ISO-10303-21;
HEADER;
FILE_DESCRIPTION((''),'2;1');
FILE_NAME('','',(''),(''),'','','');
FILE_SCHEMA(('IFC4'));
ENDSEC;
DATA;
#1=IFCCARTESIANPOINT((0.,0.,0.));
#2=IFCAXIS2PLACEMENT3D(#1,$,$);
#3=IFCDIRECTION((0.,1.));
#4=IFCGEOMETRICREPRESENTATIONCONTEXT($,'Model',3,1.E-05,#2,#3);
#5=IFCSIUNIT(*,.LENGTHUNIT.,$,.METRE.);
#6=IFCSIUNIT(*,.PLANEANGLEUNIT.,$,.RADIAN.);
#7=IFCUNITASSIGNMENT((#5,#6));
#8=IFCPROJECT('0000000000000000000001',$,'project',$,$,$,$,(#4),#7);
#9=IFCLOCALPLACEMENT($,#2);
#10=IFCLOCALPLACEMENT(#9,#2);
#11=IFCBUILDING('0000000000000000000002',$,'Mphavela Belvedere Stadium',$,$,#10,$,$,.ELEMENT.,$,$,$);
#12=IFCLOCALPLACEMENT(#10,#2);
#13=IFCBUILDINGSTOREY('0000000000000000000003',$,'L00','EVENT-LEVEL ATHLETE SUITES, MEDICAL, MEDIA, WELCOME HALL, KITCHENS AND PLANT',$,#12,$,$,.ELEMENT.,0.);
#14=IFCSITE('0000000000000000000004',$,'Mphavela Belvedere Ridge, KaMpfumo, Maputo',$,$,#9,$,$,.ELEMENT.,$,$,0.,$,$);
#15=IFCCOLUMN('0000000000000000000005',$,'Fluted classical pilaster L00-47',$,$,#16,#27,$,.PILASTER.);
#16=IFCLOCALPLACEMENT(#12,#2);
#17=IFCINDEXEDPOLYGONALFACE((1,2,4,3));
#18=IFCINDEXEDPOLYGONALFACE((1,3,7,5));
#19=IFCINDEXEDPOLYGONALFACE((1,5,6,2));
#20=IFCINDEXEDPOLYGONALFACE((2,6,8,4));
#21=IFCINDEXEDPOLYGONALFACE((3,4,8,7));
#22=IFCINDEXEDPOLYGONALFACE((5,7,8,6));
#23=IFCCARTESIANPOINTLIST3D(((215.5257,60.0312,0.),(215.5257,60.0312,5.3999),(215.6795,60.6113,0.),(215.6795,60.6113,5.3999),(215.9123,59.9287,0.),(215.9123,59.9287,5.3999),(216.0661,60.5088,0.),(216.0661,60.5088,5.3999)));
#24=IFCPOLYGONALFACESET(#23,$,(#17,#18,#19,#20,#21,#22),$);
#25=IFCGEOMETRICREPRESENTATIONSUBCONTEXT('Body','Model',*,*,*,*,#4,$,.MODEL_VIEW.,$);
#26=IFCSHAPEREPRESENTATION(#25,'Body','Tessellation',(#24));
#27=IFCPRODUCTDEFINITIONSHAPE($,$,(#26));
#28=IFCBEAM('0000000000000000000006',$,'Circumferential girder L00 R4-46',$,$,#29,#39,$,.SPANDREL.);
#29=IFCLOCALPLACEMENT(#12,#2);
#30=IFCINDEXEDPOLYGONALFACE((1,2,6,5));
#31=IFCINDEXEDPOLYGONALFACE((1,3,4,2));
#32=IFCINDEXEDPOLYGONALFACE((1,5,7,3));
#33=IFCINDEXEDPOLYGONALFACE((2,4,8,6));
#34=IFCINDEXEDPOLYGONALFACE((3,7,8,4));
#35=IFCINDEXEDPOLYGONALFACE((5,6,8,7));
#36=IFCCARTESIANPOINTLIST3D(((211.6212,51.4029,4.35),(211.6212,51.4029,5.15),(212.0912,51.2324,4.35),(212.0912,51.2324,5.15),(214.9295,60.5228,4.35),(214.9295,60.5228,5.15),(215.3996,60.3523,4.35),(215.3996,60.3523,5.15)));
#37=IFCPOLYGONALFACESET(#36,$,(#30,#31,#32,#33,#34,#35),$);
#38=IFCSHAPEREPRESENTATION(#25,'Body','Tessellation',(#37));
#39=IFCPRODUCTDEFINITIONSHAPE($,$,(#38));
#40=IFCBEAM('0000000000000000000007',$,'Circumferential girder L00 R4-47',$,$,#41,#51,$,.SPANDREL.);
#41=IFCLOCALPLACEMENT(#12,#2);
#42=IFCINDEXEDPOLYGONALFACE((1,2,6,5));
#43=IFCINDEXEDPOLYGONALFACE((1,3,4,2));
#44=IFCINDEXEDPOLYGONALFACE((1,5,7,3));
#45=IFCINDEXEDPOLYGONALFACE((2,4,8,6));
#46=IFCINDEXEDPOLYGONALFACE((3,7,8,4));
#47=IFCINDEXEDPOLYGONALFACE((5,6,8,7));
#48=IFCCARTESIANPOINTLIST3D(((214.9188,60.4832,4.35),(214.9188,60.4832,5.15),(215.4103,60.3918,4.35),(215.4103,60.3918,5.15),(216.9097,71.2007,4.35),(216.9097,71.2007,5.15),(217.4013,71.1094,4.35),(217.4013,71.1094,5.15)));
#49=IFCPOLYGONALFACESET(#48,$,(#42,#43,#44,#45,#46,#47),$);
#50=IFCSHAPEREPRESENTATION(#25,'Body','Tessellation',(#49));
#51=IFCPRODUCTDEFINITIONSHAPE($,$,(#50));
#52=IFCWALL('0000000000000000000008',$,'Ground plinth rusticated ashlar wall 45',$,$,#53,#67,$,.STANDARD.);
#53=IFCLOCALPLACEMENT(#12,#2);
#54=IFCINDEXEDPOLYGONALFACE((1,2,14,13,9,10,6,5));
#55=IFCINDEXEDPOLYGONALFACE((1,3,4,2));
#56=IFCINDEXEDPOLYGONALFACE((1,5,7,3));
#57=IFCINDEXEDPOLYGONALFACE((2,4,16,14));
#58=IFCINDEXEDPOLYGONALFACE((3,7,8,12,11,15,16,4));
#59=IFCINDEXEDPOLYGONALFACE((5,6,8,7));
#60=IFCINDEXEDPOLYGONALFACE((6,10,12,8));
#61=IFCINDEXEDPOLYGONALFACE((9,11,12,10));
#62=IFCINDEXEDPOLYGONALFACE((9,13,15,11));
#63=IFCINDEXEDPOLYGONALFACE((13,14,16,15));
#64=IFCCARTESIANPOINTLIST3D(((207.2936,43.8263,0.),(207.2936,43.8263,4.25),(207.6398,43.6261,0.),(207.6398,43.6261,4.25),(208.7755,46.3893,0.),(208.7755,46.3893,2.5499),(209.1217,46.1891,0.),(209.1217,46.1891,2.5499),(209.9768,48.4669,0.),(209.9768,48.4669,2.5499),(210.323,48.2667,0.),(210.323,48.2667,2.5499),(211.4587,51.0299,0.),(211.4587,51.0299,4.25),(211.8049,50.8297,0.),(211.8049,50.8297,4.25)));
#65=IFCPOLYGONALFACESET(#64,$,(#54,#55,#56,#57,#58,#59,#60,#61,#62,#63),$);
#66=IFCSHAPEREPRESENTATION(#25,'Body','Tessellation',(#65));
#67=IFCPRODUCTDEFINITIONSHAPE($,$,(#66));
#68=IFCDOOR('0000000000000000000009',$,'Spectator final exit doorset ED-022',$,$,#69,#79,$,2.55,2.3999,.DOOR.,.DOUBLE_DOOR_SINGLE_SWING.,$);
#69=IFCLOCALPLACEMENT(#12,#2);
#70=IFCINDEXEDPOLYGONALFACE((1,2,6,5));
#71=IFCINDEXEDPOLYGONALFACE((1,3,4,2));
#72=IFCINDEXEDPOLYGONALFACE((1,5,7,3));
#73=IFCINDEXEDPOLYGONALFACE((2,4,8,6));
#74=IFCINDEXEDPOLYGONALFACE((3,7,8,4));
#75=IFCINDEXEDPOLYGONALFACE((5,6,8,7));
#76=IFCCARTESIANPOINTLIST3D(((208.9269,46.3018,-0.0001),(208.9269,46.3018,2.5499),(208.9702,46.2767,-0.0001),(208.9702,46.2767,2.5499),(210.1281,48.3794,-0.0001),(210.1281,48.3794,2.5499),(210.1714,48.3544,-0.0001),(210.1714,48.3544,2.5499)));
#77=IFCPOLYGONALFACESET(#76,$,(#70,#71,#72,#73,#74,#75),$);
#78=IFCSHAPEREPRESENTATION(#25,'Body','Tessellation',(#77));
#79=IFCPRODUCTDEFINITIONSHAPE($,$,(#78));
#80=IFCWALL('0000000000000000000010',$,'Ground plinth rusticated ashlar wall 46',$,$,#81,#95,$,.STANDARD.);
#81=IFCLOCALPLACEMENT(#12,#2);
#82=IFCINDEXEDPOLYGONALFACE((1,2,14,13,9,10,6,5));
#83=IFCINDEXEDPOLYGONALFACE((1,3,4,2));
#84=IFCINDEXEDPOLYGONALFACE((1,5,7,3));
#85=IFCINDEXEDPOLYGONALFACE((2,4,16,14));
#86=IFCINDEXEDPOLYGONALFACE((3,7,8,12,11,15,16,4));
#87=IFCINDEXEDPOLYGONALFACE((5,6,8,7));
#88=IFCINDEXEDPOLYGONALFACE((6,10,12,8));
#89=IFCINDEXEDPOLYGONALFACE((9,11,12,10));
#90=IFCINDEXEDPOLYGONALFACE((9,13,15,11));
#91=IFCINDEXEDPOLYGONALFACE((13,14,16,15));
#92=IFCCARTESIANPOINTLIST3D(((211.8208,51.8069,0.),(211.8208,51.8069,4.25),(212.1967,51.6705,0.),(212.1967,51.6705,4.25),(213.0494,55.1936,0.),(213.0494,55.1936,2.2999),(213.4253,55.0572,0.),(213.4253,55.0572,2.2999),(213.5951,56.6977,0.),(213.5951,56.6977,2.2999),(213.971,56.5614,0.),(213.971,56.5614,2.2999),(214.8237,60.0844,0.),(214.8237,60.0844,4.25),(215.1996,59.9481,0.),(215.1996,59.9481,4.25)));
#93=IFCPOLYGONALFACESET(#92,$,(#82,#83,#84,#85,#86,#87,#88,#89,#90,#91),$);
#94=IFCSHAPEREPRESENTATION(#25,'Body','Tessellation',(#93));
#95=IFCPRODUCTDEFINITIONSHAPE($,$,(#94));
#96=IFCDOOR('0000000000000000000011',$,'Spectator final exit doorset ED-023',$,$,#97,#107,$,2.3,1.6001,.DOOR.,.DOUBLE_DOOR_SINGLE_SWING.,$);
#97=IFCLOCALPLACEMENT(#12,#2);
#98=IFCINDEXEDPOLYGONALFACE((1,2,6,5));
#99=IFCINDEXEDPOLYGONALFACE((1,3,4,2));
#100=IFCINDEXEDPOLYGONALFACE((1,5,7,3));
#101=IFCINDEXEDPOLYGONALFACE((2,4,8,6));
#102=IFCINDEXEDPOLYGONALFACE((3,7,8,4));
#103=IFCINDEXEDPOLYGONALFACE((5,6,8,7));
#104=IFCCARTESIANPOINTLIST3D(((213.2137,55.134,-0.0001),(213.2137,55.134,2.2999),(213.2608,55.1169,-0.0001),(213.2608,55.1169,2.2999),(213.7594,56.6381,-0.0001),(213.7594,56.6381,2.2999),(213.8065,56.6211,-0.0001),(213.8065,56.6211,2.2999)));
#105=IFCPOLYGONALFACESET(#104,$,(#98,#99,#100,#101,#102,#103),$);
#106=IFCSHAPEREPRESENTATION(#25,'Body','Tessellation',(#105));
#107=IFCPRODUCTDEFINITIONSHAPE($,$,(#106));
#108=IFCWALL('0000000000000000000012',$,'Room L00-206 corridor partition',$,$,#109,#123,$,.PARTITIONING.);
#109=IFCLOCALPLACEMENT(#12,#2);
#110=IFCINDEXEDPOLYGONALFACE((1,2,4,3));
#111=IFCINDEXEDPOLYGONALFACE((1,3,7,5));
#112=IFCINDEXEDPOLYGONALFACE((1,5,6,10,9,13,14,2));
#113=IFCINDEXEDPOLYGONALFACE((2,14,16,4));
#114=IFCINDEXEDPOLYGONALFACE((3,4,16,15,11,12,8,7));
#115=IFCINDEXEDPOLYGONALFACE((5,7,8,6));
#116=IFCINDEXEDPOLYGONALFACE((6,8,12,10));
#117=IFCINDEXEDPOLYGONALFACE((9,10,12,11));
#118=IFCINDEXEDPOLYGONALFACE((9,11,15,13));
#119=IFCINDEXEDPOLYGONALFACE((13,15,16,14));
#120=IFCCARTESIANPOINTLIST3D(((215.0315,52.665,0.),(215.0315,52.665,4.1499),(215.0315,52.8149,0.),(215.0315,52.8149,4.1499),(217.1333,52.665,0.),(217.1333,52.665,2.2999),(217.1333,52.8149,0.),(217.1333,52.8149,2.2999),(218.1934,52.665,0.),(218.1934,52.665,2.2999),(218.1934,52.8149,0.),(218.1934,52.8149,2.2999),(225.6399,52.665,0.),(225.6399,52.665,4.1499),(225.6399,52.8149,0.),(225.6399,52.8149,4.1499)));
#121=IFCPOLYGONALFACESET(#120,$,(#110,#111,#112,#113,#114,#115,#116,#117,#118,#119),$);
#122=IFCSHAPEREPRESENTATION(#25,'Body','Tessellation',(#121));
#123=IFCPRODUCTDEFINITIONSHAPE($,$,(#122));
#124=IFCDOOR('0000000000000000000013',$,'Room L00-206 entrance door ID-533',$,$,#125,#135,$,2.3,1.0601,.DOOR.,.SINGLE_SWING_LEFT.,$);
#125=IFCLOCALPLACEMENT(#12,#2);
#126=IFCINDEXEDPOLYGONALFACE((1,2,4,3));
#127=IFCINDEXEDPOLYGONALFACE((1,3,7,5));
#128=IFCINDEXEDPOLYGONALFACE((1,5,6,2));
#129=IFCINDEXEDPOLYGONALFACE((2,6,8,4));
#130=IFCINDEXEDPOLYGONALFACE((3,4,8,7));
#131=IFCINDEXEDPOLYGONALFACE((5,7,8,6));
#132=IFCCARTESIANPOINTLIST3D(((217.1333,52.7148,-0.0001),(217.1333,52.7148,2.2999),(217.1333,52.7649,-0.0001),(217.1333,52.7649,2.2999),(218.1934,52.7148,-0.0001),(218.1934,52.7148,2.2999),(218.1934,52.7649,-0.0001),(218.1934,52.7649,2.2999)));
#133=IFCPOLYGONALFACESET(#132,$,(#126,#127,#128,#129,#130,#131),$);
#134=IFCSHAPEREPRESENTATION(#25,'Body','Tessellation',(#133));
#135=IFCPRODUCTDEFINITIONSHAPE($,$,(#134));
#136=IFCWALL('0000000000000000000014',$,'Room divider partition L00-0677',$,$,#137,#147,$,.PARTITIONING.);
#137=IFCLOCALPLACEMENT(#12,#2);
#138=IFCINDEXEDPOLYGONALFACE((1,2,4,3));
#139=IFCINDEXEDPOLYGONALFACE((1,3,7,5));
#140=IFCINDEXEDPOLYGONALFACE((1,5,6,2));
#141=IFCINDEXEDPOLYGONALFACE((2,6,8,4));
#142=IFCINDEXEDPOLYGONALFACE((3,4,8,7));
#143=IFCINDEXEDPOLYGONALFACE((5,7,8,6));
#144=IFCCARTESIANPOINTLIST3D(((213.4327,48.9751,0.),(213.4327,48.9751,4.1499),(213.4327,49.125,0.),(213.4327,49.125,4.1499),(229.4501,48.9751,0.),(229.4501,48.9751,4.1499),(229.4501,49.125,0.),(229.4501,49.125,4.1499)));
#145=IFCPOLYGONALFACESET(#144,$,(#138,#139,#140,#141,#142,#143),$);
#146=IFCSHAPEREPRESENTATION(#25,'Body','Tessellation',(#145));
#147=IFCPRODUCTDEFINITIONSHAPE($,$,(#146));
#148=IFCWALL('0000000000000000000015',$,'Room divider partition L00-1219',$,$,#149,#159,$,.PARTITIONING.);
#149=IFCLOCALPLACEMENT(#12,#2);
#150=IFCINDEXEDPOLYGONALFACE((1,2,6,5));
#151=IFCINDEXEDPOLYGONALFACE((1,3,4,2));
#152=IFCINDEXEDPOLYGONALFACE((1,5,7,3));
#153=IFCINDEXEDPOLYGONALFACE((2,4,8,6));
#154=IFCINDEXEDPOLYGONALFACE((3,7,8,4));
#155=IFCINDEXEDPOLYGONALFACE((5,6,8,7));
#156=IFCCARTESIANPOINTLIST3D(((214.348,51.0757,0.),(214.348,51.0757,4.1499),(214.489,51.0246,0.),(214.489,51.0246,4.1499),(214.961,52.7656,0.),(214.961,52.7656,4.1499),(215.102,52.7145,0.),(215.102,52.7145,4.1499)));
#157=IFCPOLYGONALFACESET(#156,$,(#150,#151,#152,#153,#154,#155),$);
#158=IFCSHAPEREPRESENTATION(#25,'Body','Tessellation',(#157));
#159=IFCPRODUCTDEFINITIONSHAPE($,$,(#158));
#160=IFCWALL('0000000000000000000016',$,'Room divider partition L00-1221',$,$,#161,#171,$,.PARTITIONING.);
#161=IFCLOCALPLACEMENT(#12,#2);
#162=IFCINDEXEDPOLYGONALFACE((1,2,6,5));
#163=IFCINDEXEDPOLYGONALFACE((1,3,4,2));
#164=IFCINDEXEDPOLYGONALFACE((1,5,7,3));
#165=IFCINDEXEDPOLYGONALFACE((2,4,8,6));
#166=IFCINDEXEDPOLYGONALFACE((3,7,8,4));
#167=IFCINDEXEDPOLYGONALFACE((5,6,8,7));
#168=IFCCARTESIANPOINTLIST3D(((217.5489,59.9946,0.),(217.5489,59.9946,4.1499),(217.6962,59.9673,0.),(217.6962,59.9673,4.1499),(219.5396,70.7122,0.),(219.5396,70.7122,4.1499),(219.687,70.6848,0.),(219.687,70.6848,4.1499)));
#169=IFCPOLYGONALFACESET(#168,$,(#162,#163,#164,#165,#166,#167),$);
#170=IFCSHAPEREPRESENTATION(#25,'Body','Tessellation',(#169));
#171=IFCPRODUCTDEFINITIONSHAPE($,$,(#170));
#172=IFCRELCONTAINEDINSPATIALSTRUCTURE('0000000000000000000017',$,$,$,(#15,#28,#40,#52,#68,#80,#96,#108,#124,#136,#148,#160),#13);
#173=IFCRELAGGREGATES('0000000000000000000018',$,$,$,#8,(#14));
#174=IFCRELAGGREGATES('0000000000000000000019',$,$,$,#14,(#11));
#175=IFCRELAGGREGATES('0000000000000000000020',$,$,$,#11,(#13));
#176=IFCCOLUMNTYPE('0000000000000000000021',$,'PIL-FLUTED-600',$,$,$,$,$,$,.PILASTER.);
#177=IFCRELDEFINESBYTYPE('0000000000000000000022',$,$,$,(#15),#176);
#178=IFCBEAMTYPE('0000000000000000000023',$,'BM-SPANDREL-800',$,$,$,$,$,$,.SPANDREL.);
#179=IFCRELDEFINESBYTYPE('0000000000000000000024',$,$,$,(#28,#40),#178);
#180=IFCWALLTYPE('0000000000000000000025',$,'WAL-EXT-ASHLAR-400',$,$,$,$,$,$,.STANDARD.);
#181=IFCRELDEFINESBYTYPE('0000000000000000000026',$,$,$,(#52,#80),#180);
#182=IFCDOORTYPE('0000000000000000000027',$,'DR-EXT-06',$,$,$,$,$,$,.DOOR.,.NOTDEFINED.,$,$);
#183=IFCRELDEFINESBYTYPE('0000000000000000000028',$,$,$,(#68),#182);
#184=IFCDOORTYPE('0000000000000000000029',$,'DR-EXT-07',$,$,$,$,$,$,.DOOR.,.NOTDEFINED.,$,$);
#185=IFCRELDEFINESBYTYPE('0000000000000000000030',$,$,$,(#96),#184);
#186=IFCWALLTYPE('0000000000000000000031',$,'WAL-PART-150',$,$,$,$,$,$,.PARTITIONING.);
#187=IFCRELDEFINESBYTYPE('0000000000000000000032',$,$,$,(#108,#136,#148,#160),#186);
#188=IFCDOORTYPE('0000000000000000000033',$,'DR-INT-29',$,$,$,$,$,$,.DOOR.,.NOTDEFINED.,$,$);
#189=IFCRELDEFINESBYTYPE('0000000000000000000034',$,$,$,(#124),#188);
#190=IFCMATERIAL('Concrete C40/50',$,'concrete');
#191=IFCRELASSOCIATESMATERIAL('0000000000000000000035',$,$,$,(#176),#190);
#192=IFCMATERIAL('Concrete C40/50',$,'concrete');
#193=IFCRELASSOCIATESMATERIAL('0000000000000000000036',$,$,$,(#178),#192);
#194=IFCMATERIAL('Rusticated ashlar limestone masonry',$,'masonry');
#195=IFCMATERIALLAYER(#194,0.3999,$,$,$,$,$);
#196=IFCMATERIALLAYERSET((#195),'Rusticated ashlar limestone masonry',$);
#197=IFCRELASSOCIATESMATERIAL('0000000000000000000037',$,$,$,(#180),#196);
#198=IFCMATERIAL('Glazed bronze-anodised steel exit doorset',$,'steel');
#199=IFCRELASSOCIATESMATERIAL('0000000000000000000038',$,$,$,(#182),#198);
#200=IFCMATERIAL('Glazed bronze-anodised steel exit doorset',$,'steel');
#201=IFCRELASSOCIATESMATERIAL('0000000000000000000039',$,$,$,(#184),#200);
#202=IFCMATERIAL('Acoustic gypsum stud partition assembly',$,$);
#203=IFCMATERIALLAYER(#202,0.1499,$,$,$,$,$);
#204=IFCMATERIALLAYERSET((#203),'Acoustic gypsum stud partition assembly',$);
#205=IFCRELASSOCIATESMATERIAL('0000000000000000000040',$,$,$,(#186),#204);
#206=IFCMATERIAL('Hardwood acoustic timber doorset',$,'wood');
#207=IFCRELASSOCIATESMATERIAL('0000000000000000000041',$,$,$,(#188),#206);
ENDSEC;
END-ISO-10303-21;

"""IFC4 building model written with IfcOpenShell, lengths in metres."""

from ifc_helpers import new_model, si_unit, direction, frame, frame_2d, origin, origin_2d, place, context, subcontext, project, spatial, rectangle, extrude, material, layer, layer_set, material_profile, profile_set, type_object, element, fill, save


model = new_model("IFC4")

# Units and contexts
model_context = context("Model", 3, precision=1e-05, world=origin(), true_north=direction((0.0, 1.0)))
body_context = subcontext(model_context, "Body", "Model", "MODEL_VIEW")
ifc_project = project(units=[si_unit("LENGTHUNIT", "METRE"), si_unit("PLANEANGLEUNIT", "RADIAN")], contexts=[model_context])

# Site, building, storey
site_placement = place(None, origin())
site = spatial("IfcSite", under=ifc_project, at=site_placement, Name="Mphavela Belvedere Ridge, KaMpfumo, Maputo", CompositionType="ELEMENT", RefElevation=0.0)
building_placement = place(site_placement, origin())
building = spatial("IfcBuilding", under=site, at=building_placement, Name="Mphavela Belvedere Stadium", CompositionType="ELEMENT")
storey_placement = place(building_placement, origin())
storey = spatial("IfcBuildingStorey", under=building, at=storey_placement, Name="L00", Description="EVENT-LEVEL ATHLETE SUITES, MEDICAL, MEDIA, WELCOME HALL, KITCHENS AND PLANT", CompositionType="ELEMENT", Elevation=0.0)

# Column
ifc_material_1 = material(Name="Concrete C40/50", Category="concrete")
ifc_material_profile_1 = material_profile(ifc_material_1, rectangle(XDim=0.6001, YDim=0.3999, at=origin_2d()), Name="PIL 600x400")
ifc_profile_set_1 = profile_set([ifc_material_profile_1], Name="Concrete C40/50")
column_type_1 = type_object("IfcColumnType", Name="PIL-FLUTED-600", PredefinedType="PILASTER", material=ifc_profile_set_1)
column_1_placement = place(storey_placement, frame((215.7959, 60.27, 0.0), z_axis=(0.0, 0.0, 1.0), x_axis=(0.256289, 0.9666, 0.0)))
element("IfcColumn", 1, at=column_1_placement, inside=storey, type_object=column_type_1, Name="Fluted classical pilaster L00-47", PredefinedType="PILASTER", context=body_context, shape_type="SweptSolid", body=[
    extrude(rectangle(XDim=0.6001, YDim=0.3999, at=origin_2d()), origin(), (0.0, 0.0, 1.0), 5.3999),
])

# Beams
ifc_material_2 = material(Name="Concrete C40/50", Category="concrete")
ifc_material_profile_2 = material_profile(ifc_material_2, rectangle(XDim=0.5, YDim=0.8, at=origin_2d()), Name="RC 500x800")
ifc_profile_set_2 = profile_set([ifc_material_profile_2], Name="Concrete C40/50")
beam_type = type_object("IfcBeamType", Name="BM-SPANDREL-800", PredefinedType="SPANDREL", material=ifc_profile_set_2)
beam_1_placement = place(storey_placement, frame((211.8562, 51.3176, 4.75), z_axis=(0.341018, 0.940057, 0.0), x_axis=(-0.940057, 0.341018, 0.0)))
element("IfcBeam", 2, at=beam_1_placement, inside=storey, type_object=beam_type, Name="Circumferential girder L00 R4-46", PredefinedType="SPANDREL", context=body_context, shape_type="SweptSolid", body=[
    extrude(rectangle(XDim=0.5, YDim=0.8, at=origin_2d()), origin(), (0.0, 0.0, 1.0), 9.7014),
])
beam_2_placement = place(storey_placement, frame((215.1646, 60.4375, 4.75), z_axis=(0.182643, 0.983179, 0.0), x_axis=(-0.983179, 0.182643, 0.0)))
element("IfcBeam", 3, at=beam_2_placement, inside=storey, type_object=beam_type, Name="Circumferential girder L00 R4-47", PredefinedType="SPANDREL", context=body_context, shape_type="SweptSolid", body=[
    extrude(rectangle(XDim=0.5, YDim=0.8, at=origin_2d()), origin(), (0.0, 0.0, 1.0), 10.9009),
])

# Walls, openings, doors
ifc_material_3 = material(Name="Rusticated ashlar limestone masonry", Category="masonry")
ifc_layer_1 = layer(ifc_material_3, 0.3999)
ifc_layer_set_1 = layer_set([ifc_layer_1], Name="Rusticated ashlar limestone masonry")
wall_type_1 = type_object("IfcWallType", Name="WAL-EXT-ASHLAR-400", PredefinedType="STANDARD", material=ifc_layer_set_1)
wall_1_placement = place(storey_placement, frame((211.6318, 50.9299, 0.0), z_axis=(0.0, 0.0, 1.0), x_axis=(-0.500543, -0.865711, 0.0)))
wall_1 = element("IfcWall", 4, at=wall_1_placement, inside=storey, type_object=wall_type_1, Name="Ground plinth rusticated ashlar wall 45", PredefinedType="STANDARD", context=body_context, shape_type="SweptSolid", body=[
    extrude(rectangle(XDim=8.321, YDim=0.3999, at=frame_2d((4.1606, 0.0))), origin(), (0.0, 0.0, 1.0), 4.25),
])
opening_1_placement = place(wall_1_placement, frame((2.9607, 0.0, 0.0)))
opening_1 = element("IfcOpeningElement", 5, at=opening_1_placement, cuts=wall_1, PredefinedType="OPENING", context=body_context, shape_type="SweptSolid", body=[
    extrude(rectangle(XDim=2.3999, YDim=2.55, at=frame_2d((1.2, 1.2749))), frame((0.0, 0.21, 0.0), z_axis=(0.0, -1.0, 0.0), x_axis=(1.0, 0.0, 0.0)), (0.0, 0.0, 1.0), 0.4199),
])
ifc_material_4 = material(Name="Glazed bronze-anodised steel exit doorset", Category="steel")
door_type_1 = type_object("IfcDoorType", Name="DR-EXT-06", OperationType="NOTDEFINED", PredefinedType="DOOR", material=ifc_material_4)
door_1_placement = place(opening_1_placement, origin())
door_1 = element("IfcDoor", 6, at=door_1_placement, inside=storey, type_object=door_type_1, Name="Spectator final exit doorset ED-022", OperationType="DOUBLE_DOOR_SINGLE_SWING", OverallHeight=2.55, OverallWidth=2.3999, PredefinedType="DOOR", context=body_context, shape_type="SweptSolid", body=[
    extrude(rectangle(XDim=2.3999, YDim=2.55, at=frame_2d((1.2, 1.2749))), frame((0.0, 0.0249, 0.0), z_axis=(0.0, -1.0, 0.0), x_axis=(1.0, 0.0, 0.0)), (0.0, 0.0, 1.0), 0.05),
])
fill(opening_1, door_1)
wall_2_placement = place(storey_placement, frame((215.0117, 60.0164, 0.0), z_axis=(0.0, 0.0, 1.0), x_axis=(-0.341031, -0.940052, 0.0)))
wall_2 = element("IfcWall", 7, at=wall_2_placement, inside=storey, type_object=wall_type_1, Name="Ground plinth rusticated ashlar wall 46", PredefinedType="STANDARD", context=body_context, shape_type="SweptSolid", body=[
    extrude(rectangle(XDim=8.8054, YDim=0.3999, at=frame_2d((4.4028, 0.0))), origin(), (0.0, 0.0, 1.0), 4.25),
])
opening_2_placement = place(wall_2_placement, frame((3.6028, 0.0, 0.0)))
opening_2 = element("IfcOpeningElement", 8, at=opening_2_placement, cuts=wall_2, PredefinedType="OPENING", context=body_context, shape_type="SweptSolid", body=[
    extrude(rectangle(XDim=1.6001, YDim=2.3, at=frame_2d((0.8, 1.1499))), frame((0.0, 0.21, 0.0), z_axis=(0.0, -1.0, 0.0), x_axis=(1.0, 0.0, 0.0)), (0.0, 0.0, 1.0), 0.4199),
])
ifc_material_5 = material(Name="Glazed bronze-anodised steel exit doorset", Category="steel")
door_type_2 = type_object("IfcDoorType", Name="DR-EXT-07", OperationType="NOTDEFINED", PredefinedType="DOOR", material=ifc_material_5)
door_2_placement = place(opening_2_placement, origin())
door_2 = element("IfcDoor", 9, at=door_2_placement, inside=storey, type_object=door_type_2, Name="Spectator final exit doorset ED-023", OperationType="DOUBLE_DOOR_SINGLE_SWING", OverallHeight=2.3, OverallWidth=1.6001, PredefinedType="DOOR", context=body_context, shape_type="SweptSolid", body=[
    extrude(rectangle(XDim=1.6001, YDim=2.3, at=frame_2d((0.8, 1.1499))), frame((0.0, 0.0249, 0.0), z_axis=(0.0, -1.0, 0.0), x_axis=(1.0, 0.0, 0.0)), (0.0, 0.0, 1.0), 0.05),
])
fill(opening_2, door_2)
ifc_material_6 = material(Name="Acoustic gypsum stud partition assembly")
ifc_layer_2 = layer(ifc_material_6, 0.1499)
ifc_layer_set_2 = layer_set([ifc_layer_2], Name="Acoustic gypsum stud partition assembly")
wall_type_2 = type_object("IfcWallType", Name="WAL-PART-150", PredefinedType="PARTITIONING", material=ifc_layer_set_2)
wall_3_placement = place(storey_placement, frame((215.0315, 52.74, 0.0), z_axis=(0.0, 0.0, 1.0), x_axis=(1.0, 0.0, 0.0)))
wall_3 = element("IfcWall", 10, at=wall_3_placement, inside=storey, type_object=wall_type_2, Name="Room L00-206 corridor partition", PredefinedType="PARTITIONING", context=body_context, shape_type="SweptSolid", body=[
    extrude(rectangle(XDim=10.6084, YDim=0.1499, at=frame_2d((5.3042, 0.0))), origin(), (0.0, 0.0, 1.0), 4.1499),
])
opening_3_placement = place(wall_3_placement, frame((2.1018, 0.0, 0.0)))
opening_3 = element("IfcOpeningElement", 11, at=opening_3_placement, cuts=wall_3, PredefinedType="OPENING", context=body_context, shape_type="SweptSolid", body=[
    extrude(rectangle(XDim=1.0601, YDim=2.3, at=frame_2d((0.53, 1.1499))), frame((0.0, 0.085, 0.0), z_axis=(0.0, -1.0, 0.0), x_axis=(1.0, 0.0, 0.0)), (0.0, 0.0, 1.0), 0.1699),
])
ifc_material_7 = material(Name="Hardwood acoustic timber doorset", Category="wood")
door_type_3 = type_object("IfcDoorType", Name="DR-INT-29", OperationType="NOTDEFINED", PredefinedType="DOOR", material=ifc_material_7)
door_3_placement = place(opening_3_placement, origin())
door_3 = element("IfcDoor", 12, at=door_3_placement, inside=storey, type_object=door_type_3, Name="Room L00-206 entrance door ID-533", OperationType="SINGLE_SWING_LEFT", OverallHeight=2.3, OverallWidth=1.0601, PredefinedType="DOOR", context=body_context, shape_type="SweptSolid", body=[
    extrude(rectangle(XDim=1.0601, YDim=2.3, at=frame_2d((0.53, 1.1499))), frame((0.0, 0.0249, 0.0), z_axis=(0.0, -1.0, 0.0), x_axis=(1.0, 0.0, 0.0)), (0.0, 0.0, 1.0), 0.05),
])
fill(opening_3, door_3)

# Walls
wall_4_placement = place(storey_placement, frame((213.4326, 49.05, 0.0), z_axis=(0.0, 0.0, 1.0), x_axis=(1.0, 0.0, 0.0)))
element("IfcWall", 13, at=wall_4_placement, inside=storey, type_object=wall_type_2, Name="Room divider partition L00-0677", PredefinedType="PARTITIONING", context=body_context, shape_type="SweptSolid", body=[
    extrude(rectangle(XDim=16.0173, YDim=0.1499, at=frame_2d((8.0088, 0.0))), origin(), (0.0, 0.0, 1.0), 4.1499),
])
wall_5_placement = place(storey_placement, frame((214.4185, 51.05, 0.0), z_axis=(0.0, 0.0, 1.0), x_axis=(0.341012, 0.940059, 0.0)))
element("IfcWall", 14, at=wall_5_placement, inside=storey, type_object=wall_type_2, Name="Room divider partition L00-1219", PredefinedType="PARTITIONING", context=body_context, shape_type="SweptSolid", body=[
    extrude(rectangle(XDim=1.7976, YDim=0.1499, at=frame_2d((0.8989, 0.0))), origin(), (0.0, 0.0, 1.0), 4.1499),
])
wall_6_placement = place(storey_placement, frame((217.6226, 59.981, 0.0), z_axis=(0.0, 0.0, 1.0), x_axis=(0.182621, 0.983183, 0.0)))
element("IfcWall", 15, at=wall_6_placement, inside=storey, type_object=wall_type_2, Name="Room divider partition L00-1221", PredefinedType="PARTITIONING", context=body_context, shape_type="SweptSolid", body=[
    extrude(rectangle(XDim=10.9009, YDim=0.1499, at=frame_2d((5.4504, 0.0))), origin(), (0.0, 0.0, 1.0), 4.1499),
])

save(model, "model.ifc")
